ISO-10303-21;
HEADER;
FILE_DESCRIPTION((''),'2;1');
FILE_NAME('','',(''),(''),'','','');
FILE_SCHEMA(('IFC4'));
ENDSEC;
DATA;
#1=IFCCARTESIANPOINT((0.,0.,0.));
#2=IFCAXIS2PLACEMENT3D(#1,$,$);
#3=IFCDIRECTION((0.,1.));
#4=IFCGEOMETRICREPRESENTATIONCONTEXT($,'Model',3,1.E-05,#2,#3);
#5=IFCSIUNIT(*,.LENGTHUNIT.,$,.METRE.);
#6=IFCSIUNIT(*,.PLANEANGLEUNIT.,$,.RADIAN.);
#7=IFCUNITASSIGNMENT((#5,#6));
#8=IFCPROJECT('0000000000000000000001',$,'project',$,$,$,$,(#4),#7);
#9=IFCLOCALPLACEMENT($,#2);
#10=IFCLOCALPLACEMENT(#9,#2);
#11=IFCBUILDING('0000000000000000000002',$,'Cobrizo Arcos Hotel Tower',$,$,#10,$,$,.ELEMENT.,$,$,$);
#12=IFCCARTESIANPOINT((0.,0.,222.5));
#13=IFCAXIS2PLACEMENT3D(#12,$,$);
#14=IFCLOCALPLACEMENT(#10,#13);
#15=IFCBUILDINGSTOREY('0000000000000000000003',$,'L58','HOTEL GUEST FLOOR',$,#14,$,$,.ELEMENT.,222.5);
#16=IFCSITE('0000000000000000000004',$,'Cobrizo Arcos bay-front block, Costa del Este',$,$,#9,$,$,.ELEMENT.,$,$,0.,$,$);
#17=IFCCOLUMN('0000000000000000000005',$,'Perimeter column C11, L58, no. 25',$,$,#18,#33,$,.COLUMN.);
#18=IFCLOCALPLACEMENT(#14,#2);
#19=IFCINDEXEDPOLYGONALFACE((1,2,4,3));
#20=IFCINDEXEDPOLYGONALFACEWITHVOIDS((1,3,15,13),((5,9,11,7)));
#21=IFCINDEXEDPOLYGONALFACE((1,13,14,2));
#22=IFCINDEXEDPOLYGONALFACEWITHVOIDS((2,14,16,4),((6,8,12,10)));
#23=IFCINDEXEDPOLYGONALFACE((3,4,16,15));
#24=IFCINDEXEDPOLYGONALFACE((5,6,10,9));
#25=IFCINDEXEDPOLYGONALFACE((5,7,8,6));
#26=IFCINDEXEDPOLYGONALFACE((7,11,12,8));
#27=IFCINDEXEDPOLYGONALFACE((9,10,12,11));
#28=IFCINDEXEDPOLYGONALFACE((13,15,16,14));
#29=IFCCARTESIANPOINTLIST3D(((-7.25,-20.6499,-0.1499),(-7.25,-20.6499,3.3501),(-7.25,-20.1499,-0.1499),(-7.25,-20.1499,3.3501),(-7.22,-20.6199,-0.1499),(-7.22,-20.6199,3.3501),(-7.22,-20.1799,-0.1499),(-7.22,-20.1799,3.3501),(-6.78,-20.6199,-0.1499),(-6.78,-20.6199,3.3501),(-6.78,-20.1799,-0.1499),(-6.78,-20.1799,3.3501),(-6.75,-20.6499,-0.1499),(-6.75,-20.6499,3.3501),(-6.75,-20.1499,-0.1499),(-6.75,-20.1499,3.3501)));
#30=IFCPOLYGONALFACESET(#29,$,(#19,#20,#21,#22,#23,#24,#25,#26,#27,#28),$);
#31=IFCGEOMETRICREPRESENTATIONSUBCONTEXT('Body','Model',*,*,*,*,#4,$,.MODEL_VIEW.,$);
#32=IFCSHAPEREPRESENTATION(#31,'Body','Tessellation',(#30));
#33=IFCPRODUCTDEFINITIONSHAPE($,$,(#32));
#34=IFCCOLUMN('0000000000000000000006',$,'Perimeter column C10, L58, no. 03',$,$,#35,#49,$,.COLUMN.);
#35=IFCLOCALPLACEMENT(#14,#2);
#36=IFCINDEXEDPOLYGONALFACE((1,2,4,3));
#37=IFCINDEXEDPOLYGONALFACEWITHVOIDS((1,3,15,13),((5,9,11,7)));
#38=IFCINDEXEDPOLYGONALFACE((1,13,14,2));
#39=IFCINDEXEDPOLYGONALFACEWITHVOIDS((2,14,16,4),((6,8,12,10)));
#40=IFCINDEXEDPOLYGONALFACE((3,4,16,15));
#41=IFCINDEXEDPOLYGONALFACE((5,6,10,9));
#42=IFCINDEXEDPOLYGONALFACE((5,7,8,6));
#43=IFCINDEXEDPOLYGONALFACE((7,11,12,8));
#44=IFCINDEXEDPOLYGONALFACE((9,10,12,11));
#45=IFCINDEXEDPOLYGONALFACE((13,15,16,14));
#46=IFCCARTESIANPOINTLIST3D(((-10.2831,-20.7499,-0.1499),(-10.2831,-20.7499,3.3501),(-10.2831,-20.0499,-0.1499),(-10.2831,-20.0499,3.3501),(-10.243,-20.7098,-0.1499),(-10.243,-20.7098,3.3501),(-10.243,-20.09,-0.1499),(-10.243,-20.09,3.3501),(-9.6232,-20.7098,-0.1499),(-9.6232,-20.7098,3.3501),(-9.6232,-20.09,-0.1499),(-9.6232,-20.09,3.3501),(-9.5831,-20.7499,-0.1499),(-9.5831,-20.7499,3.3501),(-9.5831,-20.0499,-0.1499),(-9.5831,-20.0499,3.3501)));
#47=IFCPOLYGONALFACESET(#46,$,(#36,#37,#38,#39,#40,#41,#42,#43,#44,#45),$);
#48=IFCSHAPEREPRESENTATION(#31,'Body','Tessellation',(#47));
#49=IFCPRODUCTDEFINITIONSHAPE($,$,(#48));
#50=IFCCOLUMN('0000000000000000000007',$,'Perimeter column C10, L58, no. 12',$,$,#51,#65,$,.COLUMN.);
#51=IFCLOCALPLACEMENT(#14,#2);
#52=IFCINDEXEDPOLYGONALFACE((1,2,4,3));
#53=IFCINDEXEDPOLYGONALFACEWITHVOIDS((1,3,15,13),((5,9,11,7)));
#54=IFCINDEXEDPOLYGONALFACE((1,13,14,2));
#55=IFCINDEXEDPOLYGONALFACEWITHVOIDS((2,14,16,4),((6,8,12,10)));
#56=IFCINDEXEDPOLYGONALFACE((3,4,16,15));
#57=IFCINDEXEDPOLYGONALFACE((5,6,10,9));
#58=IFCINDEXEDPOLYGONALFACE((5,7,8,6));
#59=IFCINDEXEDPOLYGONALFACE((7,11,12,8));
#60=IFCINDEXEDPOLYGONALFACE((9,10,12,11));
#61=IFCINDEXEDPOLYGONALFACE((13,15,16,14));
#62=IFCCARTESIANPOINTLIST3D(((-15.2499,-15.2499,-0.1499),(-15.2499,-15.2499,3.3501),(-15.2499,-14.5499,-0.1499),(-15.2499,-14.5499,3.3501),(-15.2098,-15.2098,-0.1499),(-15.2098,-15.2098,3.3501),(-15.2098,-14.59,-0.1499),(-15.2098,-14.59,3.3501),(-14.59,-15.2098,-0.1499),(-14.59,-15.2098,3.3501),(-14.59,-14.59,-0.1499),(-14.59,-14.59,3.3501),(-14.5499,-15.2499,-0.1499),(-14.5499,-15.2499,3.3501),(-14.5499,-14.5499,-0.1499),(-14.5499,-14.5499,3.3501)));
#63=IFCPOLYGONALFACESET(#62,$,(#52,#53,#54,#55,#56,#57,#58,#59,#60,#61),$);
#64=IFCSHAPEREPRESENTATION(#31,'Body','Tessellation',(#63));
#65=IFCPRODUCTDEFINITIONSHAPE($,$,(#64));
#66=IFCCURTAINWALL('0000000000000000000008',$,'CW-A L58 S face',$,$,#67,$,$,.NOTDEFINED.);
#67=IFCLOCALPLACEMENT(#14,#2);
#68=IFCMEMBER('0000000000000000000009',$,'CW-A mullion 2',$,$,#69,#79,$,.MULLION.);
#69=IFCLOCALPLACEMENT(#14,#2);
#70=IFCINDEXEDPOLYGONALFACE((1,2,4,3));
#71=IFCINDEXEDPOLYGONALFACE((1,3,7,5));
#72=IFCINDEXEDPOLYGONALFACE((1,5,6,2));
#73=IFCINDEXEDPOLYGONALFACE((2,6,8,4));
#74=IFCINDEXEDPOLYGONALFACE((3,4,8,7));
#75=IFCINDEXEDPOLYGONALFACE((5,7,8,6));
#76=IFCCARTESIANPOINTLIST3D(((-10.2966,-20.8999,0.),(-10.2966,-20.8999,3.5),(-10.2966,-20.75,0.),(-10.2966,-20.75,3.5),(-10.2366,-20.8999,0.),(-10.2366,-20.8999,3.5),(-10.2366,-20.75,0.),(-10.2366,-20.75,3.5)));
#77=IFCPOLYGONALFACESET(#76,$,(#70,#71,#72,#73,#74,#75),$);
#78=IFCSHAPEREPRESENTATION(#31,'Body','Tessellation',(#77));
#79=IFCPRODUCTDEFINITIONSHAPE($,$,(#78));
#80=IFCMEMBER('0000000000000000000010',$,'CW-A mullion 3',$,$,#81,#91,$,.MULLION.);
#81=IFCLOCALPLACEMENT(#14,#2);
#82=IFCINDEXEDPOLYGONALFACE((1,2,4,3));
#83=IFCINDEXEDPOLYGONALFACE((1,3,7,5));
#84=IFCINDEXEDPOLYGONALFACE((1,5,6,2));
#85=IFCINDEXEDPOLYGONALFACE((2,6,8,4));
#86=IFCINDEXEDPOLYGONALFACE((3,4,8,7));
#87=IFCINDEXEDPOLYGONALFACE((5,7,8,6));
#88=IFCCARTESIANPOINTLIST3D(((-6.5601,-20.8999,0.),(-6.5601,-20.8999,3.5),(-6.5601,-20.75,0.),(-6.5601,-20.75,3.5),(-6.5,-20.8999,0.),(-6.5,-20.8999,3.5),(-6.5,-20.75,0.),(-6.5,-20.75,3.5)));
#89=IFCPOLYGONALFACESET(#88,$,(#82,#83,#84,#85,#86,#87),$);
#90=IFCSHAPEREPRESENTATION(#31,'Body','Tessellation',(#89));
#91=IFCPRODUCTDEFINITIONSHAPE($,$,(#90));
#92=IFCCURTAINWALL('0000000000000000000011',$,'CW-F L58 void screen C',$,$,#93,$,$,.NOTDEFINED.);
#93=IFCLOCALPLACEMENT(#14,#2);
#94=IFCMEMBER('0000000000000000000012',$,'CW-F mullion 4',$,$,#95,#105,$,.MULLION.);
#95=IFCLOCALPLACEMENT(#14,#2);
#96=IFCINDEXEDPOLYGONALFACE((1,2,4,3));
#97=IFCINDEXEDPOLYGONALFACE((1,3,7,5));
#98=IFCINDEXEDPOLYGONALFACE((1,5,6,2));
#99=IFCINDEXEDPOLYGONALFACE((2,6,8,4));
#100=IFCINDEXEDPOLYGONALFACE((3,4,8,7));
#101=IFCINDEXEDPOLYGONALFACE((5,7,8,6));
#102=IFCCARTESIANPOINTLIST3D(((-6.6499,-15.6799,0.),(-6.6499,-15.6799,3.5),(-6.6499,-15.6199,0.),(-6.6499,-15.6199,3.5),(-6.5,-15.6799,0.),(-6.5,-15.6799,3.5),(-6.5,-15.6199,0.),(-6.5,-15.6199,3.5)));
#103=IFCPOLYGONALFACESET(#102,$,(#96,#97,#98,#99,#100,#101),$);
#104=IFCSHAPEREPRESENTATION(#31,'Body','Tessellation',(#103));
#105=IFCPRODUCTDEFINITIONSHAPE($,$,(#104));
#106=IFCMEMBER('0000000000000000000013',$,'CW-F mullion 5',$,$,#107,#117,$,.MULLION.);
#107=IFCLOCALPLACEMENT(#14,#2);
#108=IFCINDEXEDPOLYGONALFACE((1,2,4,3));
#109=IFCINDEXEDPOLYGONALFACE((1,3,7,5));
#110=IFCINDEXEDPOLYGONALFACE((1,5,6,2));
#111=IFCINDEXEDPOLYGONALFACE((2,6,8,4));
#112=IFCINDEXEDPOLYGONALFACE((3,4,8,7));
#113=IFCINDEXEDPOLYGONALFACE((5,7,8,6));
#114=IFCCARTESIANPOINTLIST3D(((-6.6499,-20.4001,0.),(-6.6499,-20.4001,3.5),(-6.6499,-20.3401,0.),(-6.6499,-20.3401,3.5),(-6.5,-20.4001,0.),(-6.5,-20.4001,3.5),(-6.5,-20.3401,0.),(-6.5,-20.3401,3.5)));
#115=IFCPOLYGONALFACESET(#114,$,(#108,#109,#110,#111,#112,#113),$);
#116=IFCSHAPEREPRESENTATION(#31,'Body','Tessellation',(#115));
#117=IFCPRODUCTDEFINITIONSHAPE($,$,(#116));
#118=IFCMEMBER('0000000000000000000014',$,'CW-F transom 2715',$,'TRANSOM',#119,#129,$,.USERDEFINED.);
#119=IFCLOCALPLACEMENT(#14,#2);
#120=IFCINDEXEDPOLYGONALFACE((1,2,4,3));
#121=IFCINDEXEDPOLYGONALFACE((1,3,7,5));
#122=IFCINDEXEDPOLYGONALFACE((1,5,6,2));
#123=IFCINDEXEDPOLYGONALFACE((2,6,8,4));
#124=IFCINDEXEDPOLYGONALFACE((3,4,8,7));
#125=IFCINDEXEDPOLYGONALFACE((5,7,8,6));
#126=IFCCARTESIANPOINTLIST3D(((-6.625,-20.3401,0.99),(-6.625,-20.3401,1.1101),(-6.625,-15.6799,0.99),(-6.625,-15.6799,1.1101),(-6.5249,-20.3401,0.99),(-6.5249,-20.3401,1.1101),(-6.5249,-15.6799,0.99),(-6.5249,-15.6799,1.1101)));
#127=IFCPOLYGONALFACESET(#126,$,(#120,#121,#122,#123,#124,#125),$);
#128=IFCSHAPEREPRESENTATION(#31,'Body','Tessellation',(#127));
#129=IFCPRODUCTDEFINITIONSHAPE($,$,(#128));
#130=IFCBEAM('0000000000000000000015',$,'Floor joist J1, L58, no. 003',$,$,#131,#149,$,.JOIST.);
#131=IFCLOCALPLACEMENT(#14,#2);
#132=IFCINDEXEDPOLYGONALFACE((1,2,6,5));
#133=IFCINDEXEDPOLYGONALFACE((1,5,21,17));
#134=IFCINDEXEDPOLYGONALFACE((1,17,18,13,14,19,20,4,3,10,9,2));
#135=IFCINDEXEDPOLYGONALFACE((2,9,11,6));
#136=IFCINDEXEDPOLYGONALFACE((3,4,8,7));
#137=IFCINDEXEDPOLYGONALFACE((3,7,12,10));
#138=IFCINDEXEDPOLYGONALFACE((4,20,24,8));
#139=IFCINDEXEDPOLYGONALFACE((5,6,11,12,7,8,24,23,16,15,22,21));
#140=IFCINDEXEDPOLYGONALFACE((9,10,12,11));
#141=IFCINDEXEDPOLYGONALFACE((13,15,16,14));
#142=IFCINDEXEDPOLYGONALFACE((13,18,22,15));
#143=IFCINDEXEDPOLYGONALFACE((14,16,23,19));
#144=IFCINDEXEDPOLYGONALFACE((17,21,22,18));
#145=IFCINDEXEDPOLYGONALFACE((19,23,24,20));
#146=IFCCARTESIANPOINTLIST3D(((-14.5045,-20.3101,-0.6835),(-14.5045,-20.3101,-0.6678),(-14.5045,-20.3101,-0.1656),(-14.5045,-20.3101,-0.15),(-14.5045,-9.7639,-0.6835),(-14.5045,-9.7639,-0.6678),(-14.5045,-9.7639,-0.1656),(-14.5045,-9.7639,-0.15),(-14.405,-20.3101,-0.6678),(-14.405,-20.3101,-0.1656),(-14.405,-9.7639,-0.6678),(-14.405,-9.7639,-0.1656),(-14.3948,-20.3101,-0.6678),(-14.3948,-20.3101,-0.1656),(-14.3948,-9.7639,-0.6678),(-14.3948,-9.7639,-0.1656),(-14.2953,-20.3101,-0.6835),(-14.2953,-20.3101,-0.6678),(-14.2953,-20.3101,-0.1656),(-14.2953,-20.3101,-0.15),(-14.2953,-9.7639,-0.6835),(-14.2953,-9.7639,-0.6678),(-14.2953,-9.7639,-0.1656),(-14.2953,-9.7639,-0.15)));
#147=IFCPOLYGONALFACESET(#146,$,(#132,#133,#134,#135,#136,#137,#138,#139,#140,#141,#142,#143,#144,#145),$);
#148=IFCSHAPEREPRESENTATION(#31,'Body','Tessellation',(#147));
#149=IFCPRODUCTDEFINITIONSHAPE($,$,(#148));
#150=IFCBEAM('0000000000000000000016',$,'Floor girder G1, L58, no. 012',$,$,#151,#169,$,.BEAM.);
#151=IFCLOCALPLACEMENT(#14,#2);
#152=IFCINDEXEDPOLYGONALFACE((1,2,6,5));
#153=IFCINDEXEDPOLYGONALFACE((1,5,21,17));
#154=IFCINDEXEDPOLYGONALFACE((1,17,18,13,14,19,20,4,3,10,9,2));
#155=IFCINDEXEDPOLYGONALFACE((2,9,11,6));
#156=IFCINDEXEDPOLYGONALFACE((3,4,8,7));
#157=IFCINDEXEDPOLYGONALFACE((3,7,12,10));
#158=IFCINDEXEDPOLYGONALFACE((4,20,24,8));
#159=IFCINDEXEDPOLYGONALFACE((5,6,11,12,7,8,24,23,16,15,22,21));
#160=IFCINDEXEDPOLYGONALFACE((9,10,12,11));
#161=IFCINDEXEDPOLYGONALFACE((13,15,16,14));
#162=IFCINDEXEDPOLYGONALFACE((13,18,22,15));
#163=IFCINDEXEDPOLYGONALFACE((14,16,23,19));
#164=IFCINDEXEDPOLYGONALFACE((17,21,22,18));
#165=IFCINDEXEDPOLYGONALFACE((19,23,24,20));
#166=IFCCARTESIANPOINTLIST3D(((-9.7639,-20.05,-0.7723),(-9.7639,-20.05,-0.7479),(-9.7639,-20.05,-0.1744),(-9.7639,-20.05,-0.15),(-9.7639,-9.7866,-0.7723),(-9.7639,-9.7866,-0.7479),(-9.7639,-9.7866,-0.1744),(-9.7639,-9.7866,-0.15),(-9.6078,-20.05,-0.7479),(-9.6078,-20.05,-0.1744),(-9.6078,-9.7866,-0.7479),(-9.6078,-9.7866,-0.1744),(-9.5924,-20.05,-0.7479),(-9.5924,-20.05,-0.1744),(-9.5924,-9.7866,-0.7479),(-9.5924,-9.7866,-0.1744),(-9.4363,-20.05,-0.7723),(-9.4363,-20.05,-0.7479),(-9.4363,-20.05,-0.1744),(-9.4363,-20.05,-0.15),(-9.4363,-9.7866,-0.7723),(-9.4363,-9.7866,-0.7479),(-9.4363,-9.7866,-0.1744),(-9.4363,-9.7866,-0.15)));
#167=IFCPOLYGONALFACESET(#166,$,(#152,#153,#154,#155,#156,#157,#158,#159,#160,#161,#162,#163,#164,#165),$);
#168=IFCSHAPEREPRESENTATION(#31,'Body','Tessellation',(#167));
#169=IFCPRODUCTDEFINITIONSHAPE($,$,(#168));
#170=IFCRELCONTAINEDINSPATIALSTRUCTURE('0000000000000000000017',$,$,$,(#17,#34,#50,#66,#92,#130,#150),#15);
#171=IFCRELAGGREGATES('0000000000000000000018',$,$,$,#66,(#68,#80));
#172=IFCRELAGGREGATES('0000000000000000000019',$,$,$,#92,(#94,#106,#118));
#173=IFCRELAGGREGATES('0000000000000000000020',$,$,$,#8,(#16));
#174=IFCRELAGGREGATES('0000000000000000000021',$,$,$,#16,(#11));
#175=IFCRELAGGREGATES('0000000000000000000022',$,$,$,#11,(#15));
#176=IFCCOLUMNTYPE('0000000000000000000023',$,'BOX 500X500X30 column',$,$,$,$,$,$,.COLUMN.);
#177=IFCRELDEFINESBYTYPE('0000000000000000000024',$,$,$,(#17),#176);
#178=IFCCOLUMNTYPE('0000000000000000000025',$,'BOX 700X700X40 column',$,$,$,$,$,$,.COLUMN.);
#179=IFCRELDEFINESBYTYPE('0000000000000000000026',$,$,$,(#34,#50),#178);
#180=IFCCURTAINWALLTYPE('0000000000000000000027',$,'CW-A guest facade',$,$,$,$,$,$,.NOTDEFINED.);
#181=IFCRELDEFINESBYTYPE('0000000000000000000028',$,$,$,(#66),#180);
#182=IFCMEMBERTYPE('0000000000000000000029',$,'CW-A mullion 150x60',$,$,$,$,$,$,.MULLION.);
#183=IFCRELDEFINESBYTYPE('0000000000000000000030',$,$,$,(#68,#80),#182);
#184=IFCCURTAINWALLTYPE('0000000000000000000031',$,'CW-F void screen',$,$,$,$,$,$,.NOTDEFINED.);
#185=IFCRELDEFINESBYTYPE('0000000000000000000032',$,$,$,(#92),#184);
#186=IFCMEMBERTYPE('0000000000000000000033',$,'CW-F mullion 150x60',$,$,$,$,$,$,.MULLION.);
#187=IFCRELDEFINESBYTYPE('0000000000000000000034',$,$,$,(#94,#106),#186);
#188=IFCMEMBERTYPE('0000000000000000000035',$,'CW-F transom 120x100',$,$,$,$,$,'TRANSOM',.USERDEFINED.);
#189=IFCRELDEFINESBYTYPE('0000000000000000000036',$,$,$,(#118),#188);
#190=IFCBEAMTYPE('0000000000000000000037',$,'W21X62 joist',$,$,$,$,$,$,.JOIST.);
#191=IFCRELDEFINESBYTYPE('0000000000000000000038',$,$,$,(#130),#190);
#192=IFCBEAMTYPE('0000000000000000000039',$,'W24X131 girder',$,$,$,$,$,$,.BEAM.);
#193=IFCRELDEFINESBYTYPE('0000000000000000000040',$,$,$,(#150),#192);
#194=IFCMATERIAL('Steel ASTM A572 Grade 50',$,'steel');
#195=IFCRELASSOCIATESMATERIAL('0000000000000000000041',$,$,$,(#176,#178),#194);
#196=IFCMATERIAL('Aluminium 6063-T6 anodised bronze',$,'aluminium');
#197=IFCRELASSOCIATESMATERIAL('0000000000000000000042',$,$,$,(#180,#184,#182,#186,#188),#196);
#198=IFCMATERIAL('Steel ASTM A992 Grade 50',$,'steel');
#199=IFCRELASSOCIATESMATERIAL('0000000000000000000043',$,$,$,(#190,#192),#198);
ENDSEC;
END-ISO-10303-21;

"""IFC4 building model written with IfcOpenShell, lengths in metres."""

from ifc_helpers import new_model, si_unit, direction, frame, origin, origin_2d, place, context, subcontext, project, spatial, rectangle, hollow_rectangle, i_section, extrude, material, material_profile, profile_set, type_object, element, aggregate, save


model = new_model("IFC4")

# Units and contexts
model_context = context("Model", 3, precision=1e-05, world=origin(), true_north=direction((0.0, 1.0)))
body_context = subcontext(model_context, "Body", "Model", "MODEL_VIEW")
ifc_project = project(units=[si_unit("LENGTHUNIT", "METRE"), si_unit("PLANEANGLEUNIT", "RADIAN")], contexts=[model_context])

# Site, building, storey
site_placement = place(None, origin())
site = spatial("IfcSite", under=ifc_project, at=site_placement, Name="Cobrizo Arcos bay-front block, Costa del Este", CompositionType="ELEMENT", RefElevation=0.0)
building_placement = place(site_placement, origin())
building = spatial("IfcBuilding", under=site, at=building_placement, Name="Cobrizo Arcos Hotel Tower", CompositionType="ELEMENT")
storey_placement = place(building_placement, frame((0.0, 0.0, 222.5)))
storey = spatial("IfcBuildingStorey", under=building, at=storey_placement, Name="L58", Description="HOTEL GUEST FLOOR", CompositionType="ELEMENT", Elevation=222.5)

# Columns
ifc_material_1 = material(Name="Steel ASTM A572 Grade 50", Category="steel")
ifc_material_profile_1 = material_profile(ifc_material_1, hollow_rectangle(XDim=0.5, YDim=0.5, WallThickness=0.03, at=origin_2d()), Name="BOX 500X500X30")
ifc_profile_set_1 = profile_set([ifc_material_profile_1], Name="Steel ASTM A572 Grade 50")
column_type_1 = type_object("IfcColumnType", Name="BOX 500X500X30 column", PredefinedType="COLUMN", material=ifc_profile_set_1)
column_placement = place(storey_placement, frame((-7.0, -20.3999, -0.1499), z_axis=(0.0, 0.0, 1.0), x_axis=(1.0, 0.0, 0.0)))
element("IfcColumn", 1, at=column_placement, inside=storey, type_object=column_type_1, Name="Perimeter column C11, L58, no. 25", PredefinedType="COLUMN", context=body_context, shape_type="SweptSolid", body=[
    extrude(hollow_rectangle(XDim=0.5, YDim=0.5, WallThickness=0.03, at=origin_2d()), origin(), (0.0, 0.0, 1.0), 3.5),
])
ifc_material_profile_2 = material_profile(ifc_material_1, hollow_rectangle(XDim=0.7, YDim=0.7, WallThickness=0.04, at=origin_2d()), Name="BOX 700X700X40")
ifc_profile_set_2 = profile_set([ifc_material_profile_2], Name="Steel ASTM A572 Grade 50")
column_type_2 = type_object("IfcColumnType", Name="BOX 700X700X40 column", PredefinedType="COLUMN", material=ifc_profile_set_2)
for number, where, z_axis, x_axis, name in (
    (2, (-9.9331, -20.3999, -0.1499), (0.0, 0.0, 1.0), (1.0, 0.0, 0.0), "Perimeter column C10, L58, no. 03"),
    (3, (-14.8999, -14.8999, -0.1499), (0.0, 0.0, 1.0), (1.0, 0.0, 0.0), "Perimeter column C10, L58, no. 12"),
):
    element("IfcColumn", number, at=place(storey_placement, frame(where, z_axis=z_axis, x_axis=x_axis)), inside=storey, type_object=column_type_2, Name=name, PredefinedType="COLUMN", context=body_context, shape_type="SweptSolid", body=[
        extrude(hollow_rectangle(XDim=0.7, YDim=0.7, WallThickness=0.04, at=origin_2d()), origin(), (0.0, 0.0, 1.0), 3.5),
    ])

# Curtain walls, members
ifc_material_2 = material(Name="Aluminium 6063-T6 anodised bronze", Category="aluminium")
curtain_wall_type_1 = type_object("IfcCurtainWallType", Name="CW-A guest facade", PredefinedType="NOTDEFINED", material=ifc_material_2)
curtain_wall_1_placement = place(storey_placement, origin())
curtain_wall_1 = element("IfcCurtainWall", 4, at=curtain_wall_1_placement, inside=storey, type_object=curtain_wall_type_1, Name="CW-A L58 S face", PredefinedType="NOTDEFINED")
ifc_material_profile_3 = material_profile(ifc_material_2, rectangle(XDim=0.1499, YDim=0.0601, at=origin_2d()), Name="CW-A mullion 150x60")
ifc_profile_set_3 = profile_set([ifc_material_profile_3], Name="Aluminium 6063-T6 anodised bronze")
member_type_1 = type_object("IfcMemberType", Name="CW-A mullion 150x60", PredefinedType="MULLION", material=ifc_profile_set_3)
member_1_placement = place(storey_placement, frame((-10.2666, -20.825, 0.0), z_axis=(0.0, 0.0, 1.0), x_axis=(0.0, -1.0, 0.0)))
member_1 = element("IfcMember", 5, at=member_1_placement, type_object=member_type_1, Name="CW-A mullion 2", PredefinedType="MULLION", context=body_context, shape_type="SweptSolid", body=[
    extrude(rectangle(XDim=0.1499, YDim=0.0601, at=origin_2d()), origin(), (0.0, 0.0, 1.0), 3.5),
])
member_2_placement = place(storey_placement, frame((-6.53, -20.825, 0.0), z_axis=(0.0, 0.0, 1.0), x_axis=(0.0, -1.0, 0.0)))
member_2 = element("IfcMember", 6, at=member_2_placement, type_object=member_type_1, Name="CW-A mullion 3", PredefinedType="MULLION", context=body_context, shape_type="SweptSolid", body=[
    extrude(rectangle(XDim=0.1499, YDim=0.0601, at=origin_2d()), origin(), (0.0, 0.0, 1.0), 3.5),
])
curtain_wall_type_2 = type_object("IfcCurtainWallType", Name="CW-F void screen", PredefinedType="NOTDEFINED", material=ifc_material_2)
curtain_wall_2_placement = place(storey_placement, origin())
curtain_wall_2 = element("IfcCurtainWall", 7, at=curtain_wall_2_placement, inside=storey, type_object=curtain_wall_type_2, Name="CW-F L58 void screen C", PredefinedType="NOTDEFINED")
ifc_material_profile_4 = material_profile(ifc_material_2, rectangle(XDim=0.1499, YDim=0.0601, at=origin_2d()), Name="CW-F mullion 150x60")
ifc_profile_set_4 = profile_set([ifc_material_profile_4], Name="Aluminium 6063-T6 anodised bronze")
member_type_2 = type_object("IfcMemberType", Name="CW-F mullion 150x60", PredefinedType="MULLION", material=ifc_profile_set_4)
member_3_placement = place(storey_placement, frame((-6.575, -15.6499, 0.0), z_axis=(0.0, 0.0, 1.0), x_axis=(-1.0, 0.0, 0.0)))
member_3 = element("IfcMember", 8, at=member_3_placement, type_object=member_type_2, Name="CW-F mullion 4", PredefinedType="MULLION", context=body_context, shape_type="SweptSolid", body=[
    extrude(rectangle(XDim=0.1499, YDim=0.0601, at=origin_2d()), origin(), (0.0, 0.0, 1.0), 3.5),
])
member_4_placement = place(storey_placement, frame((-6.575, -20.3701, 0.0), z_axis=(0.0, 0.0, 1.0), x_axis=(-1.0, 0.0, 0.0)))
member_4 = element("IfcMember", 9, at=member_4_placement, type_object=member_type_2, Name="CW-F mullion 5", PredefinedType="MULLION", context=body_context, shape_type="SweptSolid", body=[
    extrude(rectangle(XDim=0.1499, YDim=0.0601, at=origin_2d()), origin(), (0.0, 0.0, 1.0), 3.5),
])
ifc_material_profile_5 = material_profile(ifc_material_2, rectangle(XDim=0.1001, YDim=0.1201, at=origin_2d()), Name="CW-F transom 120x100")
ifc_profile_set_5 = profile_set([ifc_material_profile_5], Name="Aluminium 6063-T6 anodised bronze")
member_type_3 = type_object("IfcMemberType", Name="CW-F transom 120x100", ElementType="TRANSOM", PredefinedType="USERDEFINED", material=ifc_profile_set_5)
member_5_placement = place(storey_placement, frame((-6.575, -15.6799, 1.05), z_axis=(0.0, -1.0, 0.0), x_axis=(1.0, 0.0, 0.0)))
member_5 = element("IfcMember", 10, at=member_5_placement, type_object=member_type_3, Name="CW-F transom 2715", ObjectType="TRANSOM", PredefinedType="USERDEFINED", context=body_context, shape_type="SweptSolid", body=[
    extrude(rectangle(XDim=0.1001, YDim=0.1201, at=origin_2d()), origin(), (0.0, 0.0, 1.0), 4.6602),
])

# Beams
ifc_material_3 = material(Name="Steel ASTM A992 Grade 50", Category="steel")
ifc_material_profile_6 = material_profile(ifc_material_3, i_section(OverallWidth=0.2092, OverallDepth=0.5334, WebThickness=0.0103, FlangeThickness=0.0156, at=origin_2d()), Name="W21X62")
ifc_profile_set_6 = profile_set([ifc_material_profile_6], Name="Steel ASTM A992 Grade 50")
beam_type_1 = type_object("IfcBeamType", Name="W21X62 joist", PredefinedType="JOIST", material=ifc_profile_set_6)
beam_1_placement = place(storey_placement, frame((-14.3999, -20.3101, -0.4167), z_axis=(0.0, 1.0, 0.0), x_axis=(-1.0, 0.0, 0.0)))
element("IfcBeam", 11, at=beam_1_placement, inside=storey, type_object=beam_type_1, Name="Floor joist J1, L58, no. 003", PredefinedType="JOIST", context=body_context, shape_type="SweptSolid", body=[
    extrude(i_section(OverallWidth=0.2092, OverallDepth=0.5334, WebThickness=0.0103, FlangeThickness=0.0156, at=origin_2d()), origin(), (0.0, 0.0, 1.0), 10.5461),
])
ifc_material_profile_7 = material_profile(ifc_material_3, i_section(OverallWidth=0.3276, OverallDepth=0.6223, WebThickness=0.0154, FlangeThickness=0.0244, at=origin_2d()), Name="W24X131")
ifc_profile_set_7 = profile_set([ifc_material_profile_7], Name="Steel ASTM A992 Grade 50")
beam_type_2 = type_object("IfcBeamType", Name="W24X131 girder", PredefinedType="BEAM", material=ifc_profile_set_7)
beam_2_placement = place(storey_placement, frame((-9.6001, -20.05, -0.4612), z_axis=(0.0, 1.0, 0.0), x_axis=(-1.0, 0.0, 0.0)))
element("IfcBeam", 12, at=beam_2_placement, inside=storey, type_object=beam_type_2, Name="Floor girder G1, L58, no. 012", PredefinedType="BEAM", context=body_context, shape_type="SweptSolid", body=[
    extrude(i_section(OverallWidth=0.3276, OverallDepth=0.6223, WebThickness=0.0154, FlangeThickness=0.0244, at=origin_2d()), origin(), (0.0, 0.0, 1.0), 10.2634),
])

aggregate(curtain_wall_1, [member_1, member_2])
aggregate(curtain_wall_2, [member_3, member_4, member_5])

save(model, "model.ifc")
